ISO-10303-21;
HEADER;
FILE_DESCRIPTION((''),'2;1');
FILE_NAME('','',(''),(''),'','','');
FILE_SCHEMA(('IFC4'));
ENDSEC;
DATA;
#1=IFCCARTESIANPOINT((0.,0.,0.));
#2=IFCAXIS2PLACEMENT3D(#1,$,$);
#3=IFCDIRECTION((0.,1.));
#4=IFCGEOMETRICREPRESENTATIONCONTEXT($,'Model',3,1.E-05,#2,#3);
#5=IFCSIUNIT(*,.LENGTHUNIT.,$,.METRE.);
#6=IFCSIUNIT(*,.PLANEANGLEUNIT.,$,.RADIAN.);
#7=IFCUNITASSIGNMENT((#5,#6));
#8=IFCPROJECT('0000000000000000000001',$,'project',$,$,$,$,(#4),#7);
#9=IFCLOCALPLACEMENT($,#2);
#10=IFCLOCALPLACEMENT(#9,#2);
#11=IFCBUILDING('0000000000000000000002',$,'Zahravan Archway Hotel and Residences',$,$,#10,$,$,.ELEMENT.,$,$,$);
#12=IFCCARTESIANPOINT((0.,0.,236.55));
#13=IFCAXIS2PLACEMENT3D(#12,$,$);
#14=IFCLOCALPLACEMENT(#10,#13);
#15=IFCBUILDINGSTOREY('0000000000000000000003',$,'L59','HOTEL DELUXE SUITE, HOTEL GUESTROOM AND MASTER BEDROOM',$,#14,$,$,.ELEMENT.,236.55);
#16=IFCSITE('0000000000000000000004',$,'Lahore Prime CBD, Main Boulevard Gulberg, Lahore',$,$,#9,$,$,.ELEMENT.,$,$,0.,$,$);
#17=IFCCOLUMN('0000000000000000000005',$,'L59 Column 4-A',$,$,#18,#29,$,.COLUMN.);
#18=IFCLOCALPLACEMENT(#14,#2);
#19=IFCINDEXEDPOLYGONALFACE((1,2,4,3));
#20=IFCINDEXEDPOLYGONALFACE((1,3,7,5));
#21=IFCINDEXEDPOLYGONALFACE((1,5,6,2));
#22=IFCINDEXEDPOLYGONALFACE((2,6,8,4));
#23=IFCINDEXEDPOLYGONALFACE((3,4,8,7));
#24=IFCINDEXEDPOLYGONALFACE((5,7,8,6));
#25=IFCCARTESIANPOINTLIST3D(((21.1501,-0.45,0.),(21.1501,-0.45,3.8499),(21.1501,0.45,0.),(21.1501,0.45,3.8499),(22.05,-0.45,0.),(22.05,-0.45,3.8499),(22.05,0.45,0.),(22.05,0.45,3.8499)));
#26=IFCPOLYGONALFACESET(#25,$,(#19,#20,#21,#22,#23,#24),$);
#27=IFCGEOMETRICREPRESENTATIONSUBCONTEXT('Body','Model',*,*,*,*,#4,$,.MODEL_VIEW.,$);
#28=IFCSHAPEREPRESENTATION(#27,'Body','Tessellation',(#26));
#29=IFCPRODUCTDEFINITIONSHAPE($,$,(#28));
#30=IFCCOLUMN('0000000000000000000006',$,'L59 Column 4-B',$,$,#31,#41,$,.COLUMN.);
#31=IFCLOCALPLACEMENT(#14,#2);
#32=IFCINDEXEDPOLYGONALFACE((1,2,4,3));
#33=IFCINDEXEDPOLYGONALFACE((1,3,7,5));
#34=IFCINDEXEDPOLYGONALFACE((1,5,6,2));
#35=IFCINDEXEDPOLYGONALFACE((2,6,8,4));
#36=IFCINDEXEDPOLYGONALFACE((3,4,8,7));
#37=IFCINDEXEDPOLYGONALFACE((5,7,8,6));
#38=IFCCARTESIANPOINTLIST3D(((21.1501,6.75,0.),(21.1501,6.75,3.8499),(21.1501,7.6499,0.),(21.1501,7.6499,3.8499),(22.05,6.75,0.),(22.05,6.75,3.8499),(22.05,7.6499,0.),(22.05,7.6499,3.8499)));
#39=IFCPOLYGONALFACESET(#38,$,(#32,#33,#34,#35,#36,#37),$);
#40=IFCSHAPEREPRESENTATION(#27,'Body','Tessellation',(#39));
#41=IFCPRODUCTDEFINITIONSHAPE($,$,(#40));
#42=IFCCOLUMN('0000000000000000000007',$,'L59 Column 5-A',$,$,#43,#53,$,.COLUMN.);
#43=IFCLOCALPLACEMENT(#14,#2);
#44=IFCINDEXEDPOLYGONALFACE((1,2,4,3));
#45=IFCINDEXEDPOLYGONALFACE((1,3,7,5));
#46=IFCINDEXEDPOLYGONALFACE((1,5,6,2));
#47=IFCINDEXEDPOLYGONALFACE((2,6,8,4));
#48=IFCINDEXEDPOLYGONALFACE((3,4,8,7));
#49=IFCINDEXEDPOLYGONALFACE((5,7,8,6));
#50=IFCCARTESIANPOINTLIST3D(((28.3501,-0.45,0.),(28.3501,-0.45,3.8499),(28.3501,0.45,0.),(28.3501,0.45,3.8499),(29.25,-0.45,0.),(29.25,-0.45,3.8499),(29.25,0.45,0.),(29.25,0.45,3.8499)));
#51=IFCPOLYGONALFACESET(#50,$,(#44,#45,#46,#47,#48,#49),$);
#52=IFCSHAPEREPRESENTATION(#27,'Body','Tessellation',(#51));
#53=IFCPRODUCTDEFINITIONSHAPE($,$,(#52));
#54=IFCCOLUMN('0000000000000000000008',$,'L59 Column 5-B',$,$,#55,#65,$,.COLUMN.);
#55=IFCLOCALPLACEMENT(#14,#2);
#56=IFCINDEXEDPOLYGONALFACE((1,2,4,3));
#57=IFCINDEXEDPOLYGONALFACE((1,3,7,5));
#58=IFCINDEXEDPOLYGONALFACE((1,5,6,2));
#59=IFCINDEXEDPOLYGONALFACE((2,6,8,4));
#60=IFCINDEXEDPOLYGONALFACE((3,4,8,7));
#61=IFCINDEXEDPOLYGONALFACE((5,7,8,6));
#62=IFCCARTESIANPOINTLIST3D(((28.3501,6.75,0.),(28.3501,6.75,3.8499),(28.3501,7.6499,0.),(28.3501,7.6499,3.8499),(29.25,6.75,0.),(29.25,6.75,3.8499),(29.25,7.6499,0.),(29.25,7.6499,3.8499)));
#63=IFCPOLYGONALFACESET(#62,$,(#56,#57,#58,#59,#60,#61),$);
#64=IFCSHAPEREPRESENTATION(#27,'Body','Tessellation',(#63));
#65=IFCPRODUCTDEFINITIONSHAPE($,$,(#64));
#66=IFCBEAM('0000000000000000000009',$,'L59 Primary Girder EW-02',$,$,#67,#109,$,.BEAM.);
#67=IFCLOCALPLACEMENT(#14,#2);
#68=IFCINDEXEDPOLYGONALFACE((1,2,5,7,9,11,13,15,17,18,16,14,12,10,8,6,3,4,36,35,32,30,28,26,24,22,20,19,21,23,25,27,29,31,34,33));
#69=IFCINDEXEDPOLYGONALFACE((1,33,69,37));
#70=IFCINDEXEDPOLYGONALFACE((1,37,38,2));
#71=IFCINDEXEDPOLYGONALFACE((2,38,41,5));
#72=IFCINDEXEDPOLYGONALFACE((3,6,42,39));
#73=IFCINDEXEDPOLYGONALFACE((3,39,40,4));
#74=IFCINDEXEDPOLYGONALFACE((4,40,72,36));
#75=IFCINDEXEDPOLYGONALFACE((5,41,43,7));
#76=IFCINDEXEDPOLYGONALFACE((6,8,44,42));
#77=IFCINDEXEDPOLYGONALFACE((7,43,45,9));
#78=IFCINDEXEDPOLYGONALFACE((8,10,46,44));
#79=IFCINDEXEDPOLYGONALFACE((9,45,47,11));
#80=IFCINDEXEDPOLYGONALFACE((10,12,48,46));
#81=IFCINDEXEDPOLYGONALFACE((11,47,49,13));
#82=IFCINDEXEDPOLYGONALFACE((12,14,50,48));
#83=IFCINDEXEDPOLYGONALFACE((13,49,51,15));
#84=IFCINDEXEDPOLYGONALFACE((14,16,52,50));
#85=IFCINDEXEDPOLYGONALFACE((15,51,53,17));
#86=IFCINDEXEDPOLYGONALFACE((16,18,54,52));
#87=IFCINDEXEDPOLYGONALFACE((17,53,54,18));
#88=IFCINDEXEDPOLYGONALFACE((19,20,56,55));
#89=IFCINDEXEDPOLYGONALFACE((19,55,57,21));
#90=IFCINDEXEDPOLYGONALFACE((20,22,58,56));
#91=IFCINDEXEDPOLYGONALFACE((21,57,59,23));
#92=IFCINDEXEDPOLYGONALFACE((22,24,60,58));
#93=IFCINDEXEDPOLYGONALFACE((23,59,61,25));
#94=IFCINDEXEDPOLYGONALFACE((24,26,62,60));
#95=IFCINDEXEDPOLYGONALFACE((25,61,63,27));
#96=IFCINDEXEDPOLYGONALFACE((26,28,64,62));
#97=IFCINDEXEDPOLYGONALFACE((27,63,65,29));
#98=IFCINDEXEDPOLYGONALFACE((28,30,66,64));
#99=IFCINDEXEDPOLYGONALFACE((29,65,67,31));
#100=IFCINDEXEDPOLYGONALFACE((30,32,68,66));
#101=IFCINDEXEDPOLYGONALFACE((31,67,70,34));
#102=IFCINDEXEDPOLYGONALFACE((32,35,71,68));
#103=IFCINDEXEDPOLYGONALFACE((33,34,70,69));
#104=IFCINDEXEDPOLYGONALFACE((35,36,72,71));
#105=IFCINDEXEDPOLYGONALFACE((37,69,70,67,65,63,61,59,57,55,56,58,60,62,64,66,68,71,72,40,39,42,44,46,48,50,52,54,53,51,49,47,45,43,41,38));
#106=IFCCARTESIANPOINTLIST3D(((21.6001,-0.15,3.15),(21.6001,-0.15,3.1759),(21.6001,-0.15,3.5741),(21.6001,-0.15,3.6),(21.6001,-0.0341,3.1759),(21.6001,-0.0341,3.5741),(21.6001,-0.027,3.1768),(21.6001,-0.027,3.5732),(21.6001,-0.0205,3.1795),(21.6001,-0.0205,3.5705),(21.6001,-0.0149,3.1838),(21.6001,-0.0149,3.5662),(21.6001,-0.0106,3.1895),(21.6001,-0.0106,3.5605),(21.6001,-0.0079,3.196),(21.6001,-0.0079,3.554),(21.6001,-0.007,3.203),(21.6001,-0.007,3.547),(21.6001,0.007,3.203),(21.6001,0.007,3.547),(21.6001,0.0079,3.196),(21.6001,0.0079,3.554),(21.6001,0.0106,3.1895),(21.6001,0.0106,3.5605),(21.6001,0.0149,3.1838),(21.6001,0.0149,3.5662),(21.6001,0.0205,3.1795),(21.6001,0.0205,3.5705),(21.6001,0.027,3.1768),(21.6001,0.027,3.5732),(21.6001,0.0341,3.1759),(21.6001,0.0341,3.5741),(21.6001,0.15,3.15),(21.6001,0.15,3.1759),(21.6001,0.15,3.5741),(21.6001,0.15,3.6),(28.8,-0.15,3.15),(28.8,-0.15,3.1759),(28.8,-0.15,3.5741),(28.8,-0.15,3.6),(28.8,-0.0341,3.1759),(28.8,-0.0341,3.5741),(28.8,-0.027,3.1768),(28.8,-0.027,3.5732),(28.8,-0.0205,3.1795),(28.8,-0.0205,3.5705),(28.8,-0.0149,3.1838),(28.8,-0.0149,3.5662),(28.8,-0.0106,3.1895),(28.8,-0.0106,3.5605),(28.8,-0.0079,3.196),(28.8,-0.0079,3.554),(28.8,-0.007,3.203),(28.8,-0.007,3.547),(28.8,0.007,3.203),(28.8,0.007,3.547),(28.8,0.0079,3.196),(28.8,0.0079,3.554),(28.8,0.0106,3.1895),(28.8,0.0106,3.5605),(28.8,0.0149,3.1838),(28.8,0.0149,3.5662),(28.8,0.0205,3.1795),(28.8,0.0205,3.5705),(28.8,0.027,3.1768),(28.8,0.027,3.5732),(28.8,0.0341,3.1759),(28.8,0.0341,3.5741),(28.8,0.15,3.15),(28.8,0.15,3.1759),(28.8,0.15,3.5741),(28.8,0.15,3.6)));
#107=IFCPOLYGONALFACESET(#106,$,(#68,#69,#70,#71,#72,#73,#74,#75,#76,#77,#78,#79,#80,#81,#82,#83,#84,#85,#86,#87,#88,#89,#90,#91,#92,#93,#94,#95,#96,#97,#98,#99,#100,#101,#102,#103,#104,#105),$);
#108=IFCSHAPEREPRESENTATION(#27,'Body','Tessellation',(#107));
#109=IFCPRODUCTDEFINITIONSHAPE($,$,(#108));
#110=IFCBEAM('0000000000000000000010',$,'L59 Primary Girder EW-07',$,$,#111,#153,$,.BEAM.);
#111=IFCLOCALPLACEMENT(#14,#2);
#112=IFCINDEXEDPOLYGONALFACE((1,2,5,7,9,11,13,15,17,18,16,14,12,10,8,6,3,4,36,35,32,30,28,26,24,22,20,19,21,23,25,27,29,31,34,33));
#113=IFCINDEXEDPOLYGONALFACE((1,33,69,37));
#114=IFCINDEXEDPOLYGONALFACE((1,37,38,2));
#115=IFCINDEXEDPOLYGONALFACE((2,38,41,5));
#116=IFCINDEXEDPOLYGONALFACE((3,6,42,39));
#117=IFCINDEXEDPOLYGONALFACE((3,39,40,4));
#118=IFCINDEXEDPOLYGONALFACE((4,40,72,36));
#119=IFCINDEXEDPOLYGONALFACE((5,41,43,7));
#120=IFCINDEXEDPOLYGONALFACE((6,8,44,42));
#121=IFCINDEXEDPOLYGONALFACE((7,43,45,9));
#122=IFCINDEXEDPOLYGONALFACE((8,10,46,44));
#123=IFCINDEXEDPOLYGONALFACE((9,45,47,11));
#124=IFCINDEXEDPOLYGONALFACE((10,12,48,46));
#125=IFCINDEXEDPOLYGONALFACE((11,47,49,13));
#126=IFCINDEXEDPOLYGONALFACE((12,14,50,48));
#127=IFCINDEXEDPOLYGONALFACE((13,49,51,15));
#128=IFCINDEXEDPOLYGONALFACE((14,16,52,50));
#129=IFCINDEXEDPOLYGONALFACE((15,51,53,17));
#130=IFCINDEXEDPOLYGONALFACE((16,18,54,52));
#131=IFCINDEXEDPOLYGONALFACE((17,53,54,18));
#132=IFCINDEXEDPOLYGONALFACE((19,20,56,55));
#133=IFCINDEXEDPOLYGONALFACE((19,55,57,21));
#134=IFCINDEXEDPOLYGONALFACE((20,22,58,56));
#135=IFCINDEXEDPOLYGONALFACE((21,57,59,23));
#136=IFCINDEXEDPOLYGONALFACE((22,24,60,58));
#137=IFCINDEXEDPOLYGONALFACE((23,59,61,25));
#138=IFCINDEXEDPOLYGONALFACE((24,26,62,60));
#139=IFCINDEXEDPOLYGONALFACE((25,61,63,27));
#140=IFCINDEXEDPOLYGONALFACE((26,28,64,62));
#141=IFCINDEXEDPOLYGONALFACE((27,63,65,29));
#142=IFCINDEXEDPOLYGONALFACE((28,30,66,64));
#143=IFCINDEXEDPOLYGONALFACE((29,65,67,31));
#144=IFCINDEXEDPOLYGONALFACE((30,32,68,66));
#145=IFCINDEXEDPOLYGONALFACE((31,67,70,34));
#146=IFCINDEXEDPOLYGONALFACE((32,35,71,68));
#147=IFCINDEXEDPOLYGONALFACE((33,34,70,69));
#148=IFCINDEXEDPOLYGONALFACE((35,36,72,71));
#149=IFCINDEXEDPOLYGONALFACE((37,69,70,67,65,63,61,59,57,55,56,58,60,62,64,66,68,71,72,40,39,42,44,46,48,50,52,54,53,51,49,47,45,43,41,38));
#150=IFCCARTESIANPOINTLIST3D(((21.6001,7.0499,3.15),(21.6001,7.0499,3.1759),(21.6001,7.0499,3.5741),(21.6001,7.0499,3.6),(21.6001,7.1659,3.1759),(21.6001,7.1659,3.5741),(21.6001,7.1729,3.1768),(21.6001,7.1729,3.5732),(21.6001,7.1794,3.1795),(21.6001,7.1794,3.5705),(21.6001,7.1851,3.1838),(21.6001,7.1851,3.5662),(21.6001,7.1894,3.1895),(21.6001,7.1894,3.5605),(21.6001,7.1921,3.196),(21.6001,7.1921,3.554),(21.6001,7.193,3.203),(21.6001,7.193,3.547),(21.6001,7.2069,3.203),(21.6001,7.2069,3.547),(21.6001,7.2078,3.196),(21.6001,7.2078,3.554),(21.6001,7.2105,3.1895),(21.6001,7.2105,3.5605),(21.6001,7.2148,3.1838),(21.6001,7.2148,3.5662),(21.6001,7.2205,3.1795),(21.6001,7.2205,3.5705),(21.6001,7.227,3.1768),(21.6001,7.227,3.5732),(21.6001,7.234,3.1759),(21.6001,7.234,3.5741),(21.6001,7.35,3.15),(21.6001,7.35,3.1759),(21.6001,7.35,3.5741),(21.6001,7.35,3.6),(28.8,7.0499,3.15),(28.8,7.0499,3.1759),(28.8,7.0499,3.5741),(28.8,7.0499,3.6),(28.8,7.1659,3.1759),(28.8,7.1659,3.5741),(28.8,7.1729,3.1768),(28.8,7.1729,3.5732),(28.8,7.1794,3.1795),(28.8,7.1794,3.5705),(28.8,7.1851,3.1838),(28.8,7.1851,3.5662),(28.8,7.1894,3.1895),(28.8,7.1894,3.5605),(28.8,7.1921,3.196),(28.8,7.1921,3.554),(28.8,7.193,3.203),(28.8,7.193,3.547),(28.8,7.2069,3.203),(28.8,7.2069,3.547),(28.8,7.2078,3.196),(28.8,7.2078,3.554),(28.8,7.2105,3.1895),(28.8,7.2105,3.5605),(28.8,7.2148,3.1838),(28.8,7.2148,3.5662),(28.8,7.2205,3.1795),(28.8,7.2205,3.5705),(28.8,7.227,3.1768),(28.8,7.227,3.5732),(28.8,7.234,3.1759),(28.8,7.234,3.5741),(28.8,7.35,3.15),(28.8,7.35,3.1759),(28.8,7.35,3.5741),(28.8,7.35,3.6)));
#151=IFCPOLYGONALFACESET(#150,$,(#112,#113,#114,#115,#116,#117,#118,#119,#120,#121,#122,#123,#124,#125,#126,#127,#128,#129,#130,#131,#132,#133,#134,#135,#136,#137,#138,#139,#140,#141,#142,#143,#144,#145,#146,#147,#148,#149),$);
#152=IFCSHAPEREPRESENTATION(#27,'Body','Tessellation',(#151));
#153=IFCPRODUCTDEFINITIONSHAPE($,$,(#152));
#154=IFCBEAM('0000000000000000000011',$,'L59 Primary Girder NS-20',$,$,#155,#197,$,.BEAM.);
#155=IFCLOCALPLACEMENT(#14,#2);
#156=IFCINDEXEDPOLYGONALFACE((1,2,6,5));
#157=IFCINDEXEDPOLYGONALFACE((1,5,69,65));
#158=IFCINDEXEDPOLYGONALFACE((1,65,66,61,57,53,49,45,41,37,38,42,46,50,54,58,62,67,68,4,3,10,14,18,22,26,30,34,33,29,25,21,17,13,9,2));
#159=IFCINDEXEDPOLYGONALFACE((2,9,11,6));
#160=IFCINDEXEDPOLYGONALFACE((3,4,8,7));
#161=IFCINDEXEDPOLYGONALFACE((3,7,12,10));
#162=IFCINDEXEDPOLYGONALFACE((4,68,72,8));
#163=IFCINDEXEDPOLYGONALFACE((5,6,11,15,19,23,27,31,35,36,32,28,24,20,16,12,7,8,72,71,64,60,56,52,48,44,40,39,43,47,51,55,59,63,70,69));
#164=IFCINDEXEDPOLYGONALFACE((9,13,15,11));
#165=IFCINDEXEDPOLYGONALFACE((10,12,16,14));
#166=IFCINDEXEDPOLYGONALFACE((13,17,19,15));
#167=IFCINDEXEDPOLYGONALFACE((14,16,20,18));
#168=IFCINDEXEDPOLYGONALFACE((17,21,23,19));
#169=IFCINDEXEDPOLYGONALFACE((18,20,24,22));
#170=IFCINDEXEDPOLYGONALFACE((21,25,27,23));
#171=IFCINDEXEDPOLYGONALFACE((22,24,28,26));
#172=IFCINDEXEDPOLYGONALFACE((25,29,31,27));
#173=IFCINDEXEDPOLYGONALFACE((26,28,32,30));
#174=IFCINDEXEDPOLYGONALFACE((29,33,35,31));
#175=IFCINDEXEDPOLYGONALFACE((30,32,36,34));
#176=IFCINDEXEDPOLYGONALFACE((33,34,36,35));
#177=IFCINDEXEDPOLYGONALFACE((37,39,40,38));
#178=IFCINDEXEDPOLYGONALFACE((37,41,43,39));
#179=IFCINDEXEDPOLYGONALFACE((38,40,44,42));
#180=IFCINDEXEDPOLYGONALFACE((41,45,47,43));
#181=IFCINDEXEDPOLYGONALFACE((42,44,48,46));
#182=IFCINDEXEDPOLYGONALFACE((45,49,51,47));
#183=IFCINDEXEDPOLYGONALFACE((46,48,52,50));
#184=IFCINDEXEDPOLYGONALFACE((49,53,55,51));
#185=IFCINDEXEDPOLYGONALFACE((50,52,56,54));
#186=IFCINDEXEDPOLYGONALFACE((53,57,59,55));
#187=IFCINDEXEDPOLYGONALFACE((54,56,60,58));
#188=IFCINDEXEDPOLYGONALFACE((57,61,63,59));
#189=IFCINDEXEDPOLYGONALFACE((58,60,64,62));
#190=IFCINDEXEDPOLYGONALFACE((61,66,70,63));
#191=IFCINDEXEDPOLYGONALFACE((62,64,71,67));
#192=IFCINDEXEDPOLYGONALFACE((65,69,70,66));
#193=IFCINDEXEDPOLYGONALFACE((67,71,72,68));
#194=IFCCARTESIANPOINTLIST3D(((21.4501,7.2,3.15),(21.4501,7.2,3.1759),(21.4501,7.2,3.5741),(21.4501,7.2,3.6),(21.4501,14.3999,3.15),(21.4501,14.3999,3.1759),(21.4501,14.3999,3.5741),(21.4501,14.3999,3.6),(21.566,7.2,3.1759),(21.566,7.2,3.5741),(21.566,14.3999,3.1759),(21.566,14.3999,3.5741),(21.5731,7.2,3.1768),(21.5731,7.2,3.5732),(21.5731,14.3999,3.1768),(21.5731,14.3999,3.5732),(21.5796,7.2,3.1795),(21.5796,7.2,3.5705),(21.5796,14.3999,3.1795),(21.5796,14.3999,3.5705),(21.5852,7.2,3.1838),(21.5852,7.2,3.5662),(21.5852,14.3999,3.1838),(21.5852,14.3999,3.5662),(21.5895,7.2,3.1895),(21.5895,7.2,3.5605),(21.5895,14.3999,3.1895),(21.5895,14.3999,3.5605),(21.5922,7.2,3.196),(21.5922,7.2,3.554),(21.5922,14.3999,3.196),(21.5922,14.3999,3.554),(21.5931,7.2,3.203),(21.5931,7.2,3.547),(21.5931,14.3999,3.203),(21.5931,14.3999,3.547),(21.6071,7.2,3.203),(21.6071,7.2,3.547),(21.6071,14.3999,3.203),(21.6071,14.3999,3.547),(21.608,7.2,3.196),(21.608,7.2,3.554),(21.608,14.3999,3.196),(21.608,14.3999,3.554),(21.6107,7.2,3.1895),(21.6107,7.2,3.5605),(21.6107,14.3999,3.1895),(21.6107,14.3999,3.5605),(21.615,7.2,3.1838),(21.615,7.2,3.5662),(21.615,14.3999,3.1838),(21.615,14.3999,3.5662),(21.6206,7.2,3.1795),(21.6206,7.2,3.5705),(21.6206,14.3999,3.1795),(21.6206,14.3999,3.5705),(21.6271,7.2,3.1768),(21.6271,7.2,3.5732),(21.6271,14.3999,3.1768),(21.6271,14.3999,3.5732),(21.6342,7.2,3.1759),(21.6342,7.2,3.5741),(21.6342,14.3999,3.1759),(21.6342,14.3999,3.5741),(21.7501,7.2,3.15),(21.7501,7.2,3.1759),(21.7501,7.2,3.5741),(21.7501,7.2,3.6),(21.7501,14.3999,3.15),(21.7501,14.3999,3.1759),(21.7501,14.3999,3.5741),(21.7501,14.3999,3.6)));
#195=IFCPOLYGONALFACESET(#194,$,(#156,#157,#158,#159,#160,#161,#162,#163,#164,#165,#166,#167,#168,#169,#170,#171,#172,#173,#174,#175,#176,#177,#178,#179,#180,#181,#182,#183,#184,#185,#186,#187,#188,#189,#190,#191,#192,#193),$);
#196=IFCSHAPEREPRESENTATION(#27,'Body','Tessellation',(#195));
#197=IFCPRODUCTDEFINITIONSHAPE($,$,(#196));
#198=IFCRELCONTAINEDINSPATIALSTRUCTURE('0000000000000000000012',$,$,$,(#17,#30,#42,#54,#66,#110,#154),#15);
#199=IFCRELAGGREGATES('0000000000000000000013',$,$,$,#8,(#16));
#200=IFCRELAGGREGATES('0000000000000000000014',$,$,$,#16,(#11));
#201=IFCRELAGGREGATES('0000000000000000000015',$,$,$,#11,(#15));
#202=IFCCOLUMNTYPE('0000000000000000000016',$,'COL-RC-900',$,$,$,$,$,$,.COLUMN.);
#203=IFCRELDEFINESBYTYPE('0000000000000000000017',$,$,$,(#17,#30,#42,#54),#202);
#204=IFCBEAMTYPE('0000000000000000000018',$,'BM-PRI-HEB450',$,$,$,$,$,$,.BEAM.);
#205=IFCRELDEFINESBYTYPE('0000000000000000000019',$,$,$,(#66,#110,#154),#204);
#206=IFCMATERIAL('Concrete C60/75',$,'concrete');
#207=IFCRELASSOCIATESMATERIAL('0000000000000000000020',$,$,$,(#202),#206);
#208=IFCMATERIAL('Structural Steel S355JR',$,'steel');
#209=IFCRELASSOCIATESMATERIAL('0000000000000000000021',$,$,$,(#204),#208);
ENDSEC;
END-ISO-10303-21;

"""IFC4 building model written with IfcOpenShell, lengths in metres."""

from ifc_helpers import new_model, si_unit, direction, frame, origin, origin_2d, place, context, subcontext, project, spatial, rectangle, i_section, extrude, source, transform, mapped, material, material_profile, profile_set, type_object, element, save


model = new_model("IFC4")

# Units and contexts
model_context = context("Model", 3, precision=1e-05, world=origin(), true_north=direction((0.0, 1.0)))
body_context = subcontext(model_context, "Body", "Model", "MODEL_VIEW")
ifc_project = project(units=[si_unit("LENGTHUNIT", "METRE"), si_unit("PLANEANGLEUNIT", "RADIAN")], contexts=[model_context])

# Site, building, storey
site_placement = place(None, origin())
site = spatial("IfcSite", under=ifc_project, at=site_placement, Name="Lahore Prime CBD, Main Boulevard Gulberg, Lahore", CompositionType="ELEMENT", RefElevation=0.0)
building_placement = place(site_placement, origin())
building = spatial("IfcBuilding", under=site, at=building_placement, Name="Zahravan Archway Hotel and Residences", CompositionType="ELEMENT")
storey_placement = place(building_placement, frame((0.0, 0.0, 236.55)))
storey = spatial("IfcBuildingStorey", under=building, at=storey_placement, Name="L59", Description="HOTEL DELUXE SUITE, HOTEL GUESTROOM AND MASTER BEDROOM", CompositionType="ELEMENT", Elevation=236.55)

# Columns
ifc_material_1 = material(Name="Concrete C60/75", Category="concrete")
ifc_material_profile_1 = material_profile(ifc_material_1, rectangle(XDim=0.8999, YDim=0.8999, at=origin_2d()), Name="RC-COL-900x900", Category="concrete")
ifc_profile_set_1 = profile_set([ifc_material_profile_1], Name="Concrete C60/75")
column_type = type_object("IfcColumnType", Name="COL-RC-900", PredefinedType="COLUMN", material=ifc_profile_set_1)
shared_shape_1 = source(origin(), body_context, "Body", "SweptSolid", [
    extrude(rectangle(XDim=0.8999, YDim=0.8999, at=origin_2d()), origin(), (0.0, 0.0, 1.0), 3.8499),
])
for number, where, z_axis, x_axis, name in (
    (1, (21.6001, 0.0, 0.0), (0.0, 0.0, 1.0), (1.0, 0.0, 0.0), "L59 Column 4-A"),
    (2, (21.6001, 7.2, 0.0), (0.0, 0.0, 1.0), (1.0, 0.0, 0.0), "L59 Column 4-B"),
    (3, (28.8, 0.0, 0.0), (0.0, 0.0, 1.0), (1.0, 0.0, 0.0), "L59 Column 5-A"),
    (4, (28.8, 7.2, 0.0), (0.0, 0.0, 1.0), (1.0, 0.0, 0.0), "L59 Column 5-B"),
):
    element("IfcColumn", number, at=place(storey_placement, frame(where, z_axis=z_axis, x_axis=x_axis)), inside=storey, type_object=column_type, Name=name, PredefinedType="COLUMN", context=body_context, shape_type="MappedRepresentation", body=[
        mapped(shared_shape_1, transform((0.0, 0.0, 0.0), scale=1.0)),
    ])

# Beams
ifc_material_2 = material(Name="Structural Steel S355JR", Category="steel")
ifc_material_profile_2 = material_profile(ifc_material_2, i_section(OverallWidth=0.3, OverallDepth=0.45, WebThickness=0.0139, FlangeThickness=0.0259, FilletRadius=0.0271, at=origin_2d()), Name="HEB 450", Category="steel")
ifc_profile_set_2 = profile_set([ifc_material_profile_2], Name="Structural Steel S355JR")
beam_type_1 = type_object("IfcBeamType", Name="BM-PRI-HEB450", PredefinedType="BEAM", material=ifc_profile_set_2)
shared_shape_2 = source(origin(), body_context, "Body", "SweptSolid", [
    extrude(i_section(OverallWidth=0.3, OverallDepth=0.45, WebThickness=0.0139, FlangeThickness=0.0259, FilletRadius=0.0271, at=origin_2d()), origin(), (0.0, 0.0, 1.0), 7.2),
])
for number, where, z_axis, x_axis, name in (
    (5, (21.6001, 0.0, 3.375), (1.0, 0.0, 0.0), (0.0, 1.0, 0.0), "L59 Primary Girder EW-02"),
    (6, (21.6001, 7.2, 3.375), (1.0, 0.0, 0.0), (0.0, 1.0, 0.0), "L59 Primary Girder EW-07"),
    (7, (21.6001, 7.2, 3.375), (0.0, 1.0, 0.0), (-1.0, 0.0, 0.0), "L59 Primary Girder NS-20"),
):
    element("IfcBeam", number, at=place(storey_placement, frame(where, z_axis=z_axis, x_axis=x_axis)), inside=storey, type_object=beam_type_1, Name=name, PredefinedType="BEAM", context=body_context, shape_type="MappedRepresentation", body=[
        mapped(shared_shape_2, transform((0.0, 0.0, 0.0), scale=1.0)),
    ])

save(model, "model.ifc")
